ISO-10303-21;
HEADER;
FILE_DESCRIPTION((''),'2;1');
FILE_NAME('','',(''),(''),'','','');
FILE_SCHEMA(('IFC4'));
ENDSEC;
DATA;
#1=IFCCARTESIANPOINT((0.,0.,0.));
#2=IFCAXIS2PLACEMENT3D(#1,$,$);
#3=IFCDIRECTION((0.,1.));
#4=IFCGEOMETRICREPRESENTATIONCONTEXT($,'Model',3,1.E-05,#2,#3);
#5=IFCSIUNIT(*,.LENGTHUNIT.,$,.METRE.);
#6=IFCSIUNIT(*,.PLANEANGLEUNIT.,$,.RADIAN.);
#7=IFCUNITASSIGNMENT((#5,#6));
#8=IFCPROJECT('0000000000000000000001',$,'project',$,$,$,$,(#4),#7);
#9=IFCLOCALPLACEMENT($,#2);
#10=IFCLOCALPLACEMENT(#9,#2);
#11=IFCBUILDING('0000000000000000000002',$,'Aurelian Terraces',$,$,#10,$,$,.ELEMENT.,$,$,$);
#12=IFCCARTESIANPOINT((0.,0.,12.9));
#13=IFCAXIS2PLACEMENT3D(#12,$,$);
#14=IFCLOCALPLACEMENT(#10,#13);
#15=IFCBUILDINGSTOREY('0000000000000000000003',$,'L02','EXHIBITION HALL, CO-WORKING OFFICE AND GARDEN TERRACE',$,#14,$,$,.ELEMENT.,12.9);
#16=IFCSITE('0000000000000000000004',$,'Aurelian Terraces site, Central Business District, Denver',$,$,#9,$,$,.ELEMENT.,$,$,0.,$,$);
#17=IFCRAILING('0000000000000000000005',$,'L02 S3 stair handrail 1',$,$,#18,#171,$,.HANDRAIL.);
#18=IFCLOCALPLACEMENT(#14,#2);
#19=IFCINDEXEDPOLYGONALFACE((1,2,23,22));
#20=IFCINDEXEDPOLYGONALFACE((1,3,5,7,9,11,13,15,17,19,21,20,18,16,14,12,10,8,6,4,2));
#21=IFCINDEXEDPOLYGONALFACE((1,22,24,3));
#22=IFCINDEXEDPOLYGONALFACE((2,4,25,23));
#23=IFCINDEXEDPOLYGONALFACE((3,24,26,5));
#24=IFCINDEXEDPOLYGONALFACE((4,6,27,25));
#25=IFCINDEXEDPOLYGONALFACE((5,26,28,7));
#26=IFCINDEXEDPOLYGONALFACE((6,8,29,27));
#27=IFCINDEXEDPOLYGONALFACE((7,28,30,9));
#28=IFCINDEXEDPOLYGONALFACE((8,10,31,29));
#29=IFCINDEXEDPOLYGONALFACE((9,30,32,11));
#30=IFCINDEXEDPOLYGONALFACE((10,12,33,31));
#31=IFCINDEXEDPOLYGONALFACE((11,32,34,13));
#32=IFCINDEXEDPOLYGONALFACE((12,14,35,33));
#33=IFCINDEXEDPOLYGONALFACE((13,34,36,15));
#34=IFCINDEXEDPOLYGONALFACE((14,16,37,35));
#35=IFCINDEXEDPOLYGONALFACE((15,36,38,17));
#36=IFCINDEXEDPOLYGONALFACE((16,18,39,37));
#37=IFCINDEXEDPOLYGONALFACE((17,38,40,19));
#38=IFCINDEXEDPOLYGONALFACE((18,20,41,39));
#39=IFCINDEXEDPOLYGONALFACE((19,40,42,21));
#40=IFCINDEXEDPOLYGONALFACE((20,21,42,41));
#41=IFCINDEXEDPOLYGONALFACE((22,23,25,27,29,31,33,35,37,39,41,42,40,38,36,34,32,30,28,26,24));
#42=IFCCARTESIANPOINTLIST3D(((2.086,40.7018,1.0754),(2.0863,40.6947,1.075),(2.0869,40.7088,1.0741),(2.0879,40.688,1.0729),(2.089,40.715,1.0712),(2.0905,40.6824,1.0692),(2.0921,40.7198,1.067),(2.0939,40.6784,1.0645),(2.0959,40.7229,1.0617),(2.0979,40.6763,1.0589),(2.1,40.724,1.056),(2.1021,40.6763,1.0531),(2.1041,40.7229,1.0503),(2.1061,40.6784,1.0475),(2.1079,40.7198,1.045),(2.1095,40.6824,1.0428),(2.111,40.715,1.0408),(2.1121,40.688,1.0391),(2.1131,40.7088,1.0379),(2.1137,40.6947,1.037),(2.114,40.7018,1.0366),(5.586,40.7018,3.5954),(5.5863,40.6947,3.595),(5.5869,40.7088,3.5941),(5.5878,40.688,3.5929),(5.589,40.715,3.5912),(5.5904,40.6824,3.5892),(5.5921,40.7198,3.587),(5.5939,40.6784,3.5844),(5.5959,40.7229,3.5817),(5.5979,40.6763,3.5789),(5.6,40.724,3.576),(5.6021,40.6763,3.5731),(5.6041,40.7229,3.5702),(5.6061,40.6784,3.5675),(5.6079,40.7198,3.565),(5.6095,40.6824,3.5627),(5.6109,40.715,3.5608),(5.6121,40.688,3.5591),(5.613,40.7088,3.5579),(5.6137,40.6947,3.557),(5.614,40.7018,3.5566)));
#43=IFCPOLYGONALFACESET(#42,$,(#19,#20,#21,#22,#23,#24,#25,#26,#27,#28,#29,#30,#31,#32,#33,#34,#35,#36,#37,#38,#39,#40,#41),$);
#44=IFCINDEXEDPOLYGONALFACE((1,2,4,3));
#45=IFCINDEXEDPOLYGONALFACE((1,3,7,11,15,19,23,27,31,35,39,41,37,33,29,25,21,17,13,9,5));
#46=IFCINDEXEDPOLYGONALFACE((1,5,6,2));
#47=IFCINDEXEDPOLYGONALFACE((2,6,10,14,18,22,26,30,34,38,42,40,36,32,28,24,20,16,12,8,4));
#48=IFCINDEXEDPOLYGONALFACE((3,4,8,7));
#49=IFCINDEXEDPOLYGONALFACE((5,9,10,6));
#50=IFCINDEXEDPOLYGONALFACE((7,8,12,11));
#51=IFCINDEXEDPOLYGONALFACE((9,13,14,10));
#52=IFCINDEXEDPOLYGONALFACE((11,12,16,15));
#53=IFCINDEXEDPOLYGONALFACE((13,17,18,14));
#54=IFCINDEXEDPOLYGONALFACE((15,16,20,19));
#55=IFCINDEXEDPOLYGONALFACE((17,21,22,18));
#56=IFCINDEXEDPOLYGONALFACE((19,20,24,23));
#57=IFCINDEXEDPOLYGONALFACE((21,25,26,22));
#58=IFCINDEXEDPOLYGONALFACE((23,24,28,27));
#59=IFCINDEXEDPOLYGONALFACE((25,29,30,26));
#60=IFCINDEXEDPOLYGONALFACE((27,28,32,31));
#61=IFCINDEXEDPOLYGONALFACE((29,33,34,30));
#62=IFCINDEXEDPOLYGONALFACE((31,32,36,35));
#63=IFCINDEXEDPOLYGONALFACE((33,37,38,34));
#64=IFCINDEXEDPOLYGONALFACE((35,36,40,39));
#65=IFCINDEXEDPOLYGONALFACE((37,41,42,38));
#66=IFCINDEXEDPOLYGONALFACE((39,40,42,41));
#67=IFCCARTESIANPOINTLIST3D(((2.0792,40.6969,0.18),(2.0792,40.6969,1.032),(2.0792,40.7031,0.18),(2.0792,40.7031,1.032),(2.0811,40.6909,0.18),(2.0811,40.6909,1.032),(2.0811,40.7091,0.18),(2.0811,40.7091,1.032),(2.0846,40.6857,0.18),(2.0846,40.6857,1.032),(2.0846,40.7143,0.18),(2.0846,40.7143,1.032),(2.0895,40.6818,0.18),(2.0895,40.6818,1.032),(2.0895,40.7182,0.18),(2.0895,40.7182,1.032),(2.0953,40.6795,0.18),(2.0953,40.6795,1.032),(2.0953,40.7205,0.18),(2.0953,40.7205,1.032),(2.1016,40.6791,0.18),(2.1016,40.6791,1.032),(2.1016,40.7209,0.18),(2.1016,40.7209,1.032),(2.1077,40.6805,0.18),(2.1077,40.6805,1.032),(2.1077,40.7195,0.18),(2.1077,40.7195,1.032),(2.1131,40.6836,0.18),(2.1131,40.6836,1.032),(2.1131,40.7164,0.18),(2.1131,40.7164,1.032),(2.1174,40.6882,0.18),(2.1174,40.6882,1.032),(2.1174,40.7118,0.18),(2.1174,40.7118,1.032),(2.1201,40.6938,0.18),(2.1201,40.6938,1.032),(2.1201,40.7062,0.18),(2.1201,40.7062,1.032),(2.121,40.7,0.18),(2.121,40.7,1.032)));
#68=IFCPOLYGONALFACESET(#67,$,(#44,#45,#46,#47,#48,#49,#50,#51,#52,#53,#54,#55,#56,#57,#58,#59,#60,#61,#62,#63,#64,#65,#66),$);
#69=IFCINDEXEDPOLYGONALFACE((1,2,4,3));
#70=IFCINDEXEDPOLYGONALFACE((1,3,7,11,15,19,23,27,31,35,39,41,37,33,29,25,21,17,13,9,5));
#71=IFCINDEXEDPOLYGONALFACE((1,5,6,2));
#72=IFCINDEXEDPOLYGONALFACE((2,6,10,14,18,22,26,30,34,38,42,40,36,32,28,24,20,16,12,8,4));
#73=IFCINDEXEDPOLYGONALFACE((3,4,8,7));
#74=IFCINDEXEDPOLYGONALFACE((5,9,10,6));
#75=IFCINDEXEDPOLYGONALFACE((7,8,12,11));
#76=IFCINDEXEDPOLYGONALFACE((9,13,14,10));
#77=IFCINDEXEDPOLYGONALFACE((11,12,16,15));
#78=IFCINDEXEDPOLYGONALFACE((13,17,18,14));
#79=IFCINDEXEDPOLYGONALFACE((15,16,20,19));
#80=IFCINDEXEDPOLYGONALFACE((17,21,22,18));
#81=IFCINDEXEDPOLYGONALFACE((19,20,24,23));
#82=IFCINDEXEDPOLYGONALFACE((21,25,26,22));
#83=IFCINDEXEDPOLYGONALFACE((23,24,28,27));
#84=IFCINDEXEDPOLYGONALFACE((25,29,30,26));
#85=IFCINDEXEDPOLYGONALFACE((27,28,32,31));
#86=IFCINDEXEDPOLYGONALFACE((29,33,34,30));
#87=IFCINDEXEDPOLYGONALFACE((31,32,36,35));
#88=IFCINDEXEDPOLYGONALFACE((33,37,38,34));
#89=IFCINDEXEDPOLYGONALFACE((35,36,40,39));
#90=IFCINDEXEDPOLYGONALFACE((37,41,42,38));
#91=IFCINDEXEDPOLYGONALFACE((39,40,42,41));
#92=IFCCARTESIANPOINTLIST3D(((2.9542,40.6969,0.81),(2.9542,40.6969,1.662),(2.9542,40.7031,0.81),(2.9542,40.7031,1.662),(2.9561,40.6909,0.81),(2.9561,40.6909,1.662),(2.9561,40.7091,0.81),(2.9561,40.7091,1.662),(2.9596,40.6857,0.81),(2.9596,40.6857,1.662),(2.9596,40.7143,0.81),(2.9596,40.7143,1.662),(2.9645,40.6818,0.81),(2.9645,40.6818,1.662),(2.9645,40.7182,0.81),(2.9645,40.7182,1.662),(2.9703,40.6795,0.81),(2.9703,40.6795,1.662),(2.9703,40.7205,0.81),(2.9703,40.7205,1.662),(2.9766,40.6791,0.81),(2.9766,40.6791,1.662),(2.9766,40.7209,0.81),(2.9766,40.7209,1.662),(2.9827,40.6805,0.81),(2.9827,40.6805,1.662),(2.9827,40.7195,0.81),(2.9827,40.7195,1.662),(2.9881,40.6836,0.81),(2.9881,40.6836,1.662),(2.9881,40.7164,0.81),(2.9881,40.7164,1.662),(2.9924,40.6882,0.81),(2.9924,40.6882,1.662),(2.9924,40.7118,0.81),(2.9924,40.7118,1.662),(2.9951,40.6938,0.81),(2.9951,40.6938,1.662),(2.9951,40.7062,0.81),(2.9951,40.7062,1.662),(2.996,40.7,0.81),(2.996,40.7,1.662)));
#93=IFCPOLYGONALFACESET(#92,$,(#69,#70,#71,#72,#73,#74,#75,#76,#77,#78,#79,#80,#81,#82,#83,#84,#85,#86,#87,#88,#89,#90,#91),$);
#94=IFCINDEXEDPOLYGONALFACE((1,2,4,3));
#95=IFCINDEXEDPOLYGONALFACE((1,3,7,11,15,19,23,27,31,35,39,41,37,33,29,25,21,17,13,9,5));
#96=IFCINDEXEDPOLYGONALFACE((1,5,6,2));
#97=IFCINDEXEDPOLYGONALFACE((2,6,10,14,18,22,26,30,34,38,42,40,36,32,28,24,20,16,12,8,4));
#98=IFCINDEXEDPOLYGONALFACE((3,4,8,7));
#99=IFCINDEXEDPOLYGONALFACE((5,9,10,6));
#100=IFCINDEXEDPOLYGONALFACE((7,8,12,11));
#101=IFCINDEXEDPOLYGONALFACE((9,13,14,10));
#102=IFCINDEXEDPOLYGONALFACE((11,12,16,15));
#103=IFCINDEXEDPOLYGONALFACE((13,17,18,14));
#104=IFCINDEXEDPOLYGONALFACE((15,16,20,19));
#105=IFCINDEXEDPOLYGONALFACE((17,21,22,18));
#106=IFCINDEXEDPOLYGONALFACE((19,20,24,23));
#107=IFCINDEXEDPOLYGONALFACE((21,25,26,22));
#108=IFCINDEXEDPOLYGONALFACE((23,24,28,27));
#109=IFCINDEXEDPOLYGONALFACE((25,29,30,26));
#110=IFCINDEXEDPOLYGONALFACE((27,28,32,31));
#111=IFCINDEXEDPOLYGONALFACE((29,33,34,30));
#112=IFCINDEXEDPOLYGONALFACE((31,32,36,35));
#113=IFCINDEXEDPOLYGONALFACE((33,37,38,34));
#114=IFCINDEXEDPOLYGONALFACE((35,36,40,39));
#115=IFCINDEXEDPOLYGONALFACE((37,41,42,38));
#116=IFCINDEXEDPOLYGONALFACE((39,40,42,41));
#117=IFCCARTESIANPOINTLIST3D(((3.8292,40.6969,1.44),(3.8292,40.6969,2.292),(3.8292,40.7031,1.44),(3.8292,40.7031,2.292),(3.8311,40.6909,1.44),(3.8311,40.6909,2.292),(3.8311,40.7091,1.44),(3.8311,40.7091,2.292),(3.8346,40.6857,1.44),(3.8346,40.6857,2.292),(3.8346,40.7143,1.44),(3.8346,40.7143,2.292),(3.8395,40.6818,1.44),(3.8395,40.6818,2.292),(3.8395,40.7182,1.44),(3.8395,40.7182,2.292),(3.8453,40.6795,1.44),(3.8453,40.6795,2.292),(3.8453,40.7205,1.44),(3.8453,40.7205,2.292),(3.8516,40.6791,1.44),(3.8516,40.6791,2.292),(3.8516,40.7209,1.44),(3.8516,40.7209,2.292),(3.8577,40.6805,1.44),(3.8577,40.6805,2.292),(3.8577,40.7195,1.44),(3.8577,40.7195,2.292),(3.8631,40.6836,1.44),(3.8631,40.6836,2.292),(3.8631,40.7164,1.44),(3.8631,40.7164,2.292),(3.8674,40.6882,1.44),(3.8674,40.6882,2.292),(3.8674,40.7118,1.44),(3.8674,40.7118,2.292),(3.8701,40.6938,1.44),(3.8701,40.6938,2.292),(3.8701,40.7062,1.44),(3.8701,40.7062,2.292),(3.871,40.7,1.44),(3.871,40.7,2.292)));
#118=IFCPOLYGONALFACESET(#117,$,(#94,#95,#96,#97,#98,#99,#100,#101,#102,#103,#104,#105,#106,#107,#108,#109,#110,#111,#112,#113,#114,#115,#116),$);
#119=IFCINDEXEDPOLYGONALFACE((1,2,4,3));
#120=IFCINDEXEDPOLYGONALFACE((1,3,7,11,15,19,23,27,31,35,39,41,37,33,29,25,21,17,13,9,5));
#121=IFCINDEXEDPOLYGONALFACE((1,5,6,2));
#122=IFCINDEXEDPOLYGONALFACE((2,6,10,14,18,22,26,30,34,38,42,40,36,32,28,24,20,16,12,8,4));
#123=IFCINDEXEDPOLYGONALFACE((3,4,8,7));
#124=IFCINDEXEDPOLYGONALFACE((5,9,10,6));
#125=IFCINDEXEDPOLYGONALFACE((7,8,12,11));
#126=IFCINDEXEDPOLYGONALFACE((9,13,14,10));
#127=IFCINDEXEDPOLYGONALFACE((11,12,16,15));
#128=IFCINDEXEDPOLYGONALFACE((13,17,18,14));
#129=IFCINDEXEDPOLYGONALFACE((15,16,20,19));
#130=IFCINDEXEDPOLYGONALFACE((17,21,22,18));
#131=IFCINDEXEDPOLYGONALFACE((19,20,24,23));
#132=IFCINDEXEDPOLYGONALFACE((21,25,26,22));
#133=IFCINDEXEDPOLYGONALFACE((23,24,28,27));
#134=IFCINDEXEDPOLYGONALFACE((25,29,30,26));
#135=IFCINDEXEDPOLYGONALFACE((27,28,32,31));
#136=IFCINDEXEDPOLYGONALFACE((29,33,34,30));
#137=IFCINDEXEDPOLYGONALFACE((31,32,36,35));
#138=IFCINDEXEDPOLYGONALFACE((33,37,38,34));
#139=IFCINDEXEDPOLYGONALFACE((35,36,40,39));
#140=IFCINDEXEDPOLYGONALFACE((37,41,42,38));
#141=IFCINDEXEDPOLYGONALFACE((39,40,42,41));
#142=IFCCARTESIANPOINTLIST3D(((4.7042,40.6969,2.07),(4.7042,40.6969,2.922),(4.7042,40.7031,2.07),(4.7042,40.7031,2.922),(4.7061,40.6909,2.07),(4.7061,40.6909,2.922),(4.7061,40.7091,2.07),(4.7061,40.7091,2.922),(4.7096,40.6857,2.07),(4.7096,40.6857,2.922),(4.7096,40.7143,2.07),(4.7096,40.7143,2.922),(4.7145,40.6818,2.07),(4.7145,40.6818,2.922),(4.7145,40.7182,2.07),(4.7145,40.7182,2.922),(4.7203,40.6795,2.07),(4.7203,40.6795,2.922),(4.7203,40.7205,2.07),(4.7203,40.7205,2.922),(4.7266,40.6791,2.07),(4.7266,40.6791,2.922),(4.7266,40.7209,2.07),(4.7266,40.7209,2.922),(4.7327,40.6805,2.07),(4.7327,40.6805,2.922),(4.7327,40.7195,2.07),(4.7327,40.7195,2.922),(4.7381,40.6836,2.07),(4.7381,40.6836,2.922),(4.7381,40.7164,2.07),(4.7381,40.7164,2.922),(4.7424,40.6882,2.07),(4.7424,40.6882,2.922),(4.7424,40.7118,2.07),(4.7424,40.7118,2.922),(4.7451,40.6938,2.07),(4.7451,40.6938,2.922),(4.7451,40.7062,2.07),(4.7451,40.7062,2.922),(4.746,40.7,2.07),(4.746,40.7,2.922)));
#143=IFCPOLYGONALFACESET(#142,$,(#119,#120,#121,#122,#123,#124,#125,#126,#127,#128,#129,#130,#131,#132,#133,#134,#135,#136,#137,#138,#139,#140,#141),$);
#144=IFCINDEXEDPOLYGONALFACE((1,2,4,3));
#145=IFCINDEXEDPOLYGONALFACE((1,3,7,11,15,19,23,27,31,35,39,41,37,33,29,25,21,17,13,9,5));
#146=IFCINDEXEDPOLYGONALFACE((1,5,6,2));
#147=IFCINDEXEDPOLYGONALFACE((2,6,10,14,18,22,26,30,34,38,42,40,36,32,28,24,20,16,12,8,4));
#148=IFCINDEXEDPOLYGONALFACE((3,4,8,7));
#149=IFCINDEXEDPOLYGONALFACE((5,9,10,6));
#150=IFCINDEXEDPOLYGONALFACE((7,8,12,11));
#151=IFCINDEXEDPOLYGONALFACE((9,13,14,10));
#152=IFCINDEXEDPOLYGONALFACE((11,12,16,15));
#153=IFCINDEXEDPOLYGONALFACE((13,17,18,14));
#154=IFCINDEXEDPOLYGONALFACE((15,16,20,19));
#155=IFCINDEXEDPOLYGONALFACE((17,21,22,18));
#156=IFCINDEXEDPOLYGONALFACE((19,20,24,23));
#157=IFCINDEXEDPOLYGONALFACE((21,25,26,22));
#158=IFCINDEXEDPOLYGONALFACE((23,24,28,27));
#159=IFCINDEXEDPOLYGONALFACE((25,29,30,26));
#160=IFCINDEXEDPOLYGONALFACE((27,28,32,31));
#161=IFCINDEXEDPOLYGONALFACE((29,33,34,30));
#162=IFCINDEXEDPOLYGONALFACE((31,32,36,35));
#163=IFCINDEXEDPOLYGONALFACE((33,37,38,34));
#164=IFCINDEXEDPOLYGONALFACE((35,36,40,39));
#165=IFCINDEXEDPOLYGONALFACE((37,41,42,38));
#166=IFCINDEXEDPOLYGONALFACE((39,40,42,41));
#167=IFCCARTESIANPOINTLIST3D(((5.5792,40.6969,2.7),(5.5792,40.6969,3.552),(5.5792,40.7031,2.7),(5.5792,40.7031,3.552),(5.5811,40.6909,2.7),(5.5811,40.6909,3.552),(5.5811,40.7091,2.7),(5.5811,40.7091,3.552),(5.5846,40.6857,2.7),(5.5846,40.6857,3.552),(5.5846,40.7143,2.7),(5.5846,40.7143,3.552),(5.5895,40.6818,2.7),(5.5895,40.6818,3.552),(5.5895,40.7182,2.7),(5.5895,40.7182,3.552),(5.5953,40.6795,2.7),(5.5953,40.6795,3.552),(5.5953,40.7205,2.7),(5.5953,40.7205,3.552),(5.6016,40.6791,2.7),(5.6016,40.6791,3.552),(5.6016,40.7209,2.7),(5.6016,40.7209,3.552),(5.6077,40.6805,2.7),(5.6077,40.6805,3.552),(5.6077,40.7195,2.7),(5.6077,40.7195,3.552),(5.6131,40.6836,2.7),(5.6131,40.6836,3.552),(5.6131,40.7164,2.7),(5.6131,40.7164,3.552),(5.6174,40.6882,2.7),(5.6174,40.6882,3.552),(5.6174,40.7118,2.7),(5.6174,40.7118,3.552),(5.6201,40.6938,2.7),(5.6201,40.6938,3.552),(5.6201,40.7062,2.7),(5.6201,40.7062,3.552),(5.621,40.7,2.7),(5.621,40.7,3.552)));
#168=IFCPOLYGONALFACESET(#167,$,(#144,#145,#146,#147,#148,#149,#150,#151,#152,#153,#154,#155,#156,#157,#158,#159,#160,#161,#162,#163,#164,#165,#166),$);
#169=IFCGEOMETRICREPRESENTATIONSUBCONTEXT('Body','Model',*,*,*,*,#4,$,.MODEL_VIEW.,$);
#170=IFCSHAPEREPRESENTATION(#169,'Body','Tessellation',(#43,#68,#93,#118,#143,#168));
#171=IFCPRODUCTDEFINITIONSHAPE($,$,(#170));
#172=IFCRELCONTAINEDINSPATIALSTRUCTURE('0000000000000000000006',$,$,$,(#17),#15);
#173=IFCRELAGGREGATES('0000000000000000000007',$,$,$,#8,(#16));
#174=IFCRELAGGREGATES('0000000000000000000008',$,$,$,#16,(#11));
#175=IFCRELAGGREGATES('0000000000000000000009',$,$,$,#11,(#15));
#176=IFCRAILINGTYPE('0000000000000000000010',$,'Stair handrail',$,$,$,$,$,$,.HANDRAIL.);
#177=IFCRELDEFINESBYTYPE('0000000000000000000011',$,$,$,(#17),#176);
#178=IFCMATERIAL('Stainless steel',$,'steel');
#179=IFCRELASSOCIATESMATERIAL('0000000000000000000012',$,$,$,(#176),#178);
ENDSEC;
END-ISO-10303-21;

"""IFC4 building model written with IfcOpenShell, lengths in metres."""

from ifc_helpers import new_model, si_unit, direction, frame, origin, origin_2d, place, context, subcontext, project, spatial, circle, extrude, source, transform, mapped, material, type_object, element, save


model = new_model("IFC4")

# Units and contexts
model_context = context("Model", 3, precision=1e-05, world=origin(), true_north=direction((0.0, 1.0)))
body_context = subcontext(model_context, "Body", "Model", "MODEL_VIEW")
ifc_project = project(units=[si_unit("LENGTHUNIT", "METRE"), si_unit("PLANEANGLEUNIT", "RADIAN")], contexts=[model_context])

# Site, building, storey
site_placement = place(None, origin())
site = spatial("IfcSite", under=ifc_project, at=site_placement, Name="Aurelian Terraces site, Central Business District, Denver", CompositionType="ELEMENT", RefElevation=0.0)
building_placement = place(site_placement, origin())
building = spatial("IfcBuilding", under=site, at=building_placement, Name="Aurelian Terraces", CompositionType="ELEMENT")
storey_placement = place(building_placement, frame((0.0, 0.0, 12.9)))
storey = spatial("IfcBuildingStorey", under=building, at=storey_placement, Name="L02", Description="EXHIBITION HALL, CO-WORKING OFFICE AND GARDEN TERRACE", CompositionType="ELEMENT", Elevation=12.9)

# Railing
ifc_material_1 = material(Name="Stainless steel", Category="steel")
railing_type_1 = type_object("IfcRailingType", Name="Stair handrail", PredefinedType="HANDRAIL", material=ifc_material_1)
shared_shape_1 = source(origin(), body_context, "Body", "SweptSolid", [
    extrude(circle(Radius=0.024, at=origin_2d()), frame((0.0, 0.0, 0.876), z_axis=(0.811534, 0.0, 0.584305), x_axis=(0.0, 1.0, 0.0)), (0.0, 0.0, 1.0), 4.3128),
    extrude(circle(Radius=0.021, at=origin_2d()), origin(), (0.0, 0.0, 1.0), 0.852),
    extrude(circle(Radius=0.021, at=origin_2d()), frame((0.875, 0.0, 0.63)), (0.0, 0.0, 1.0), 0.852),
    extrude(circle(Radius=0.021, at=origin_2d()), frame((1.75, 0.0, 1.26)), (0.0, 0.0, 1.0), 0.852),
    extrude(circle(Radius=0.021, at=origin_2d()), frame((2.625, 0.0, 1.89)), (0.0, 0.0, 1.0), 0.852),
    extrude(circle(Radius=0.021, at=origin_2d()), frame((3.5, 0.0, 2.52)), (0.0, 0.0, 1.0), 0.852),
])
for number, where, name in (
    (1, (2.1, 40.7, 0.18), "L02 S3 stair handrail 1"),
):
    element("IfcRailing", number, at=place(storey_placement, frame(where)), inside=storey, type_object=railing_type_1, Name=name, PredefinedType="HANDRAIL", context=body_context, shape_type="MappedRepresentation", body=[
        mapped(shared_shape_1, transform((0.0, 0.0, 0.0), scale=1.0)),
    ])

save(model, "model.ifc")
